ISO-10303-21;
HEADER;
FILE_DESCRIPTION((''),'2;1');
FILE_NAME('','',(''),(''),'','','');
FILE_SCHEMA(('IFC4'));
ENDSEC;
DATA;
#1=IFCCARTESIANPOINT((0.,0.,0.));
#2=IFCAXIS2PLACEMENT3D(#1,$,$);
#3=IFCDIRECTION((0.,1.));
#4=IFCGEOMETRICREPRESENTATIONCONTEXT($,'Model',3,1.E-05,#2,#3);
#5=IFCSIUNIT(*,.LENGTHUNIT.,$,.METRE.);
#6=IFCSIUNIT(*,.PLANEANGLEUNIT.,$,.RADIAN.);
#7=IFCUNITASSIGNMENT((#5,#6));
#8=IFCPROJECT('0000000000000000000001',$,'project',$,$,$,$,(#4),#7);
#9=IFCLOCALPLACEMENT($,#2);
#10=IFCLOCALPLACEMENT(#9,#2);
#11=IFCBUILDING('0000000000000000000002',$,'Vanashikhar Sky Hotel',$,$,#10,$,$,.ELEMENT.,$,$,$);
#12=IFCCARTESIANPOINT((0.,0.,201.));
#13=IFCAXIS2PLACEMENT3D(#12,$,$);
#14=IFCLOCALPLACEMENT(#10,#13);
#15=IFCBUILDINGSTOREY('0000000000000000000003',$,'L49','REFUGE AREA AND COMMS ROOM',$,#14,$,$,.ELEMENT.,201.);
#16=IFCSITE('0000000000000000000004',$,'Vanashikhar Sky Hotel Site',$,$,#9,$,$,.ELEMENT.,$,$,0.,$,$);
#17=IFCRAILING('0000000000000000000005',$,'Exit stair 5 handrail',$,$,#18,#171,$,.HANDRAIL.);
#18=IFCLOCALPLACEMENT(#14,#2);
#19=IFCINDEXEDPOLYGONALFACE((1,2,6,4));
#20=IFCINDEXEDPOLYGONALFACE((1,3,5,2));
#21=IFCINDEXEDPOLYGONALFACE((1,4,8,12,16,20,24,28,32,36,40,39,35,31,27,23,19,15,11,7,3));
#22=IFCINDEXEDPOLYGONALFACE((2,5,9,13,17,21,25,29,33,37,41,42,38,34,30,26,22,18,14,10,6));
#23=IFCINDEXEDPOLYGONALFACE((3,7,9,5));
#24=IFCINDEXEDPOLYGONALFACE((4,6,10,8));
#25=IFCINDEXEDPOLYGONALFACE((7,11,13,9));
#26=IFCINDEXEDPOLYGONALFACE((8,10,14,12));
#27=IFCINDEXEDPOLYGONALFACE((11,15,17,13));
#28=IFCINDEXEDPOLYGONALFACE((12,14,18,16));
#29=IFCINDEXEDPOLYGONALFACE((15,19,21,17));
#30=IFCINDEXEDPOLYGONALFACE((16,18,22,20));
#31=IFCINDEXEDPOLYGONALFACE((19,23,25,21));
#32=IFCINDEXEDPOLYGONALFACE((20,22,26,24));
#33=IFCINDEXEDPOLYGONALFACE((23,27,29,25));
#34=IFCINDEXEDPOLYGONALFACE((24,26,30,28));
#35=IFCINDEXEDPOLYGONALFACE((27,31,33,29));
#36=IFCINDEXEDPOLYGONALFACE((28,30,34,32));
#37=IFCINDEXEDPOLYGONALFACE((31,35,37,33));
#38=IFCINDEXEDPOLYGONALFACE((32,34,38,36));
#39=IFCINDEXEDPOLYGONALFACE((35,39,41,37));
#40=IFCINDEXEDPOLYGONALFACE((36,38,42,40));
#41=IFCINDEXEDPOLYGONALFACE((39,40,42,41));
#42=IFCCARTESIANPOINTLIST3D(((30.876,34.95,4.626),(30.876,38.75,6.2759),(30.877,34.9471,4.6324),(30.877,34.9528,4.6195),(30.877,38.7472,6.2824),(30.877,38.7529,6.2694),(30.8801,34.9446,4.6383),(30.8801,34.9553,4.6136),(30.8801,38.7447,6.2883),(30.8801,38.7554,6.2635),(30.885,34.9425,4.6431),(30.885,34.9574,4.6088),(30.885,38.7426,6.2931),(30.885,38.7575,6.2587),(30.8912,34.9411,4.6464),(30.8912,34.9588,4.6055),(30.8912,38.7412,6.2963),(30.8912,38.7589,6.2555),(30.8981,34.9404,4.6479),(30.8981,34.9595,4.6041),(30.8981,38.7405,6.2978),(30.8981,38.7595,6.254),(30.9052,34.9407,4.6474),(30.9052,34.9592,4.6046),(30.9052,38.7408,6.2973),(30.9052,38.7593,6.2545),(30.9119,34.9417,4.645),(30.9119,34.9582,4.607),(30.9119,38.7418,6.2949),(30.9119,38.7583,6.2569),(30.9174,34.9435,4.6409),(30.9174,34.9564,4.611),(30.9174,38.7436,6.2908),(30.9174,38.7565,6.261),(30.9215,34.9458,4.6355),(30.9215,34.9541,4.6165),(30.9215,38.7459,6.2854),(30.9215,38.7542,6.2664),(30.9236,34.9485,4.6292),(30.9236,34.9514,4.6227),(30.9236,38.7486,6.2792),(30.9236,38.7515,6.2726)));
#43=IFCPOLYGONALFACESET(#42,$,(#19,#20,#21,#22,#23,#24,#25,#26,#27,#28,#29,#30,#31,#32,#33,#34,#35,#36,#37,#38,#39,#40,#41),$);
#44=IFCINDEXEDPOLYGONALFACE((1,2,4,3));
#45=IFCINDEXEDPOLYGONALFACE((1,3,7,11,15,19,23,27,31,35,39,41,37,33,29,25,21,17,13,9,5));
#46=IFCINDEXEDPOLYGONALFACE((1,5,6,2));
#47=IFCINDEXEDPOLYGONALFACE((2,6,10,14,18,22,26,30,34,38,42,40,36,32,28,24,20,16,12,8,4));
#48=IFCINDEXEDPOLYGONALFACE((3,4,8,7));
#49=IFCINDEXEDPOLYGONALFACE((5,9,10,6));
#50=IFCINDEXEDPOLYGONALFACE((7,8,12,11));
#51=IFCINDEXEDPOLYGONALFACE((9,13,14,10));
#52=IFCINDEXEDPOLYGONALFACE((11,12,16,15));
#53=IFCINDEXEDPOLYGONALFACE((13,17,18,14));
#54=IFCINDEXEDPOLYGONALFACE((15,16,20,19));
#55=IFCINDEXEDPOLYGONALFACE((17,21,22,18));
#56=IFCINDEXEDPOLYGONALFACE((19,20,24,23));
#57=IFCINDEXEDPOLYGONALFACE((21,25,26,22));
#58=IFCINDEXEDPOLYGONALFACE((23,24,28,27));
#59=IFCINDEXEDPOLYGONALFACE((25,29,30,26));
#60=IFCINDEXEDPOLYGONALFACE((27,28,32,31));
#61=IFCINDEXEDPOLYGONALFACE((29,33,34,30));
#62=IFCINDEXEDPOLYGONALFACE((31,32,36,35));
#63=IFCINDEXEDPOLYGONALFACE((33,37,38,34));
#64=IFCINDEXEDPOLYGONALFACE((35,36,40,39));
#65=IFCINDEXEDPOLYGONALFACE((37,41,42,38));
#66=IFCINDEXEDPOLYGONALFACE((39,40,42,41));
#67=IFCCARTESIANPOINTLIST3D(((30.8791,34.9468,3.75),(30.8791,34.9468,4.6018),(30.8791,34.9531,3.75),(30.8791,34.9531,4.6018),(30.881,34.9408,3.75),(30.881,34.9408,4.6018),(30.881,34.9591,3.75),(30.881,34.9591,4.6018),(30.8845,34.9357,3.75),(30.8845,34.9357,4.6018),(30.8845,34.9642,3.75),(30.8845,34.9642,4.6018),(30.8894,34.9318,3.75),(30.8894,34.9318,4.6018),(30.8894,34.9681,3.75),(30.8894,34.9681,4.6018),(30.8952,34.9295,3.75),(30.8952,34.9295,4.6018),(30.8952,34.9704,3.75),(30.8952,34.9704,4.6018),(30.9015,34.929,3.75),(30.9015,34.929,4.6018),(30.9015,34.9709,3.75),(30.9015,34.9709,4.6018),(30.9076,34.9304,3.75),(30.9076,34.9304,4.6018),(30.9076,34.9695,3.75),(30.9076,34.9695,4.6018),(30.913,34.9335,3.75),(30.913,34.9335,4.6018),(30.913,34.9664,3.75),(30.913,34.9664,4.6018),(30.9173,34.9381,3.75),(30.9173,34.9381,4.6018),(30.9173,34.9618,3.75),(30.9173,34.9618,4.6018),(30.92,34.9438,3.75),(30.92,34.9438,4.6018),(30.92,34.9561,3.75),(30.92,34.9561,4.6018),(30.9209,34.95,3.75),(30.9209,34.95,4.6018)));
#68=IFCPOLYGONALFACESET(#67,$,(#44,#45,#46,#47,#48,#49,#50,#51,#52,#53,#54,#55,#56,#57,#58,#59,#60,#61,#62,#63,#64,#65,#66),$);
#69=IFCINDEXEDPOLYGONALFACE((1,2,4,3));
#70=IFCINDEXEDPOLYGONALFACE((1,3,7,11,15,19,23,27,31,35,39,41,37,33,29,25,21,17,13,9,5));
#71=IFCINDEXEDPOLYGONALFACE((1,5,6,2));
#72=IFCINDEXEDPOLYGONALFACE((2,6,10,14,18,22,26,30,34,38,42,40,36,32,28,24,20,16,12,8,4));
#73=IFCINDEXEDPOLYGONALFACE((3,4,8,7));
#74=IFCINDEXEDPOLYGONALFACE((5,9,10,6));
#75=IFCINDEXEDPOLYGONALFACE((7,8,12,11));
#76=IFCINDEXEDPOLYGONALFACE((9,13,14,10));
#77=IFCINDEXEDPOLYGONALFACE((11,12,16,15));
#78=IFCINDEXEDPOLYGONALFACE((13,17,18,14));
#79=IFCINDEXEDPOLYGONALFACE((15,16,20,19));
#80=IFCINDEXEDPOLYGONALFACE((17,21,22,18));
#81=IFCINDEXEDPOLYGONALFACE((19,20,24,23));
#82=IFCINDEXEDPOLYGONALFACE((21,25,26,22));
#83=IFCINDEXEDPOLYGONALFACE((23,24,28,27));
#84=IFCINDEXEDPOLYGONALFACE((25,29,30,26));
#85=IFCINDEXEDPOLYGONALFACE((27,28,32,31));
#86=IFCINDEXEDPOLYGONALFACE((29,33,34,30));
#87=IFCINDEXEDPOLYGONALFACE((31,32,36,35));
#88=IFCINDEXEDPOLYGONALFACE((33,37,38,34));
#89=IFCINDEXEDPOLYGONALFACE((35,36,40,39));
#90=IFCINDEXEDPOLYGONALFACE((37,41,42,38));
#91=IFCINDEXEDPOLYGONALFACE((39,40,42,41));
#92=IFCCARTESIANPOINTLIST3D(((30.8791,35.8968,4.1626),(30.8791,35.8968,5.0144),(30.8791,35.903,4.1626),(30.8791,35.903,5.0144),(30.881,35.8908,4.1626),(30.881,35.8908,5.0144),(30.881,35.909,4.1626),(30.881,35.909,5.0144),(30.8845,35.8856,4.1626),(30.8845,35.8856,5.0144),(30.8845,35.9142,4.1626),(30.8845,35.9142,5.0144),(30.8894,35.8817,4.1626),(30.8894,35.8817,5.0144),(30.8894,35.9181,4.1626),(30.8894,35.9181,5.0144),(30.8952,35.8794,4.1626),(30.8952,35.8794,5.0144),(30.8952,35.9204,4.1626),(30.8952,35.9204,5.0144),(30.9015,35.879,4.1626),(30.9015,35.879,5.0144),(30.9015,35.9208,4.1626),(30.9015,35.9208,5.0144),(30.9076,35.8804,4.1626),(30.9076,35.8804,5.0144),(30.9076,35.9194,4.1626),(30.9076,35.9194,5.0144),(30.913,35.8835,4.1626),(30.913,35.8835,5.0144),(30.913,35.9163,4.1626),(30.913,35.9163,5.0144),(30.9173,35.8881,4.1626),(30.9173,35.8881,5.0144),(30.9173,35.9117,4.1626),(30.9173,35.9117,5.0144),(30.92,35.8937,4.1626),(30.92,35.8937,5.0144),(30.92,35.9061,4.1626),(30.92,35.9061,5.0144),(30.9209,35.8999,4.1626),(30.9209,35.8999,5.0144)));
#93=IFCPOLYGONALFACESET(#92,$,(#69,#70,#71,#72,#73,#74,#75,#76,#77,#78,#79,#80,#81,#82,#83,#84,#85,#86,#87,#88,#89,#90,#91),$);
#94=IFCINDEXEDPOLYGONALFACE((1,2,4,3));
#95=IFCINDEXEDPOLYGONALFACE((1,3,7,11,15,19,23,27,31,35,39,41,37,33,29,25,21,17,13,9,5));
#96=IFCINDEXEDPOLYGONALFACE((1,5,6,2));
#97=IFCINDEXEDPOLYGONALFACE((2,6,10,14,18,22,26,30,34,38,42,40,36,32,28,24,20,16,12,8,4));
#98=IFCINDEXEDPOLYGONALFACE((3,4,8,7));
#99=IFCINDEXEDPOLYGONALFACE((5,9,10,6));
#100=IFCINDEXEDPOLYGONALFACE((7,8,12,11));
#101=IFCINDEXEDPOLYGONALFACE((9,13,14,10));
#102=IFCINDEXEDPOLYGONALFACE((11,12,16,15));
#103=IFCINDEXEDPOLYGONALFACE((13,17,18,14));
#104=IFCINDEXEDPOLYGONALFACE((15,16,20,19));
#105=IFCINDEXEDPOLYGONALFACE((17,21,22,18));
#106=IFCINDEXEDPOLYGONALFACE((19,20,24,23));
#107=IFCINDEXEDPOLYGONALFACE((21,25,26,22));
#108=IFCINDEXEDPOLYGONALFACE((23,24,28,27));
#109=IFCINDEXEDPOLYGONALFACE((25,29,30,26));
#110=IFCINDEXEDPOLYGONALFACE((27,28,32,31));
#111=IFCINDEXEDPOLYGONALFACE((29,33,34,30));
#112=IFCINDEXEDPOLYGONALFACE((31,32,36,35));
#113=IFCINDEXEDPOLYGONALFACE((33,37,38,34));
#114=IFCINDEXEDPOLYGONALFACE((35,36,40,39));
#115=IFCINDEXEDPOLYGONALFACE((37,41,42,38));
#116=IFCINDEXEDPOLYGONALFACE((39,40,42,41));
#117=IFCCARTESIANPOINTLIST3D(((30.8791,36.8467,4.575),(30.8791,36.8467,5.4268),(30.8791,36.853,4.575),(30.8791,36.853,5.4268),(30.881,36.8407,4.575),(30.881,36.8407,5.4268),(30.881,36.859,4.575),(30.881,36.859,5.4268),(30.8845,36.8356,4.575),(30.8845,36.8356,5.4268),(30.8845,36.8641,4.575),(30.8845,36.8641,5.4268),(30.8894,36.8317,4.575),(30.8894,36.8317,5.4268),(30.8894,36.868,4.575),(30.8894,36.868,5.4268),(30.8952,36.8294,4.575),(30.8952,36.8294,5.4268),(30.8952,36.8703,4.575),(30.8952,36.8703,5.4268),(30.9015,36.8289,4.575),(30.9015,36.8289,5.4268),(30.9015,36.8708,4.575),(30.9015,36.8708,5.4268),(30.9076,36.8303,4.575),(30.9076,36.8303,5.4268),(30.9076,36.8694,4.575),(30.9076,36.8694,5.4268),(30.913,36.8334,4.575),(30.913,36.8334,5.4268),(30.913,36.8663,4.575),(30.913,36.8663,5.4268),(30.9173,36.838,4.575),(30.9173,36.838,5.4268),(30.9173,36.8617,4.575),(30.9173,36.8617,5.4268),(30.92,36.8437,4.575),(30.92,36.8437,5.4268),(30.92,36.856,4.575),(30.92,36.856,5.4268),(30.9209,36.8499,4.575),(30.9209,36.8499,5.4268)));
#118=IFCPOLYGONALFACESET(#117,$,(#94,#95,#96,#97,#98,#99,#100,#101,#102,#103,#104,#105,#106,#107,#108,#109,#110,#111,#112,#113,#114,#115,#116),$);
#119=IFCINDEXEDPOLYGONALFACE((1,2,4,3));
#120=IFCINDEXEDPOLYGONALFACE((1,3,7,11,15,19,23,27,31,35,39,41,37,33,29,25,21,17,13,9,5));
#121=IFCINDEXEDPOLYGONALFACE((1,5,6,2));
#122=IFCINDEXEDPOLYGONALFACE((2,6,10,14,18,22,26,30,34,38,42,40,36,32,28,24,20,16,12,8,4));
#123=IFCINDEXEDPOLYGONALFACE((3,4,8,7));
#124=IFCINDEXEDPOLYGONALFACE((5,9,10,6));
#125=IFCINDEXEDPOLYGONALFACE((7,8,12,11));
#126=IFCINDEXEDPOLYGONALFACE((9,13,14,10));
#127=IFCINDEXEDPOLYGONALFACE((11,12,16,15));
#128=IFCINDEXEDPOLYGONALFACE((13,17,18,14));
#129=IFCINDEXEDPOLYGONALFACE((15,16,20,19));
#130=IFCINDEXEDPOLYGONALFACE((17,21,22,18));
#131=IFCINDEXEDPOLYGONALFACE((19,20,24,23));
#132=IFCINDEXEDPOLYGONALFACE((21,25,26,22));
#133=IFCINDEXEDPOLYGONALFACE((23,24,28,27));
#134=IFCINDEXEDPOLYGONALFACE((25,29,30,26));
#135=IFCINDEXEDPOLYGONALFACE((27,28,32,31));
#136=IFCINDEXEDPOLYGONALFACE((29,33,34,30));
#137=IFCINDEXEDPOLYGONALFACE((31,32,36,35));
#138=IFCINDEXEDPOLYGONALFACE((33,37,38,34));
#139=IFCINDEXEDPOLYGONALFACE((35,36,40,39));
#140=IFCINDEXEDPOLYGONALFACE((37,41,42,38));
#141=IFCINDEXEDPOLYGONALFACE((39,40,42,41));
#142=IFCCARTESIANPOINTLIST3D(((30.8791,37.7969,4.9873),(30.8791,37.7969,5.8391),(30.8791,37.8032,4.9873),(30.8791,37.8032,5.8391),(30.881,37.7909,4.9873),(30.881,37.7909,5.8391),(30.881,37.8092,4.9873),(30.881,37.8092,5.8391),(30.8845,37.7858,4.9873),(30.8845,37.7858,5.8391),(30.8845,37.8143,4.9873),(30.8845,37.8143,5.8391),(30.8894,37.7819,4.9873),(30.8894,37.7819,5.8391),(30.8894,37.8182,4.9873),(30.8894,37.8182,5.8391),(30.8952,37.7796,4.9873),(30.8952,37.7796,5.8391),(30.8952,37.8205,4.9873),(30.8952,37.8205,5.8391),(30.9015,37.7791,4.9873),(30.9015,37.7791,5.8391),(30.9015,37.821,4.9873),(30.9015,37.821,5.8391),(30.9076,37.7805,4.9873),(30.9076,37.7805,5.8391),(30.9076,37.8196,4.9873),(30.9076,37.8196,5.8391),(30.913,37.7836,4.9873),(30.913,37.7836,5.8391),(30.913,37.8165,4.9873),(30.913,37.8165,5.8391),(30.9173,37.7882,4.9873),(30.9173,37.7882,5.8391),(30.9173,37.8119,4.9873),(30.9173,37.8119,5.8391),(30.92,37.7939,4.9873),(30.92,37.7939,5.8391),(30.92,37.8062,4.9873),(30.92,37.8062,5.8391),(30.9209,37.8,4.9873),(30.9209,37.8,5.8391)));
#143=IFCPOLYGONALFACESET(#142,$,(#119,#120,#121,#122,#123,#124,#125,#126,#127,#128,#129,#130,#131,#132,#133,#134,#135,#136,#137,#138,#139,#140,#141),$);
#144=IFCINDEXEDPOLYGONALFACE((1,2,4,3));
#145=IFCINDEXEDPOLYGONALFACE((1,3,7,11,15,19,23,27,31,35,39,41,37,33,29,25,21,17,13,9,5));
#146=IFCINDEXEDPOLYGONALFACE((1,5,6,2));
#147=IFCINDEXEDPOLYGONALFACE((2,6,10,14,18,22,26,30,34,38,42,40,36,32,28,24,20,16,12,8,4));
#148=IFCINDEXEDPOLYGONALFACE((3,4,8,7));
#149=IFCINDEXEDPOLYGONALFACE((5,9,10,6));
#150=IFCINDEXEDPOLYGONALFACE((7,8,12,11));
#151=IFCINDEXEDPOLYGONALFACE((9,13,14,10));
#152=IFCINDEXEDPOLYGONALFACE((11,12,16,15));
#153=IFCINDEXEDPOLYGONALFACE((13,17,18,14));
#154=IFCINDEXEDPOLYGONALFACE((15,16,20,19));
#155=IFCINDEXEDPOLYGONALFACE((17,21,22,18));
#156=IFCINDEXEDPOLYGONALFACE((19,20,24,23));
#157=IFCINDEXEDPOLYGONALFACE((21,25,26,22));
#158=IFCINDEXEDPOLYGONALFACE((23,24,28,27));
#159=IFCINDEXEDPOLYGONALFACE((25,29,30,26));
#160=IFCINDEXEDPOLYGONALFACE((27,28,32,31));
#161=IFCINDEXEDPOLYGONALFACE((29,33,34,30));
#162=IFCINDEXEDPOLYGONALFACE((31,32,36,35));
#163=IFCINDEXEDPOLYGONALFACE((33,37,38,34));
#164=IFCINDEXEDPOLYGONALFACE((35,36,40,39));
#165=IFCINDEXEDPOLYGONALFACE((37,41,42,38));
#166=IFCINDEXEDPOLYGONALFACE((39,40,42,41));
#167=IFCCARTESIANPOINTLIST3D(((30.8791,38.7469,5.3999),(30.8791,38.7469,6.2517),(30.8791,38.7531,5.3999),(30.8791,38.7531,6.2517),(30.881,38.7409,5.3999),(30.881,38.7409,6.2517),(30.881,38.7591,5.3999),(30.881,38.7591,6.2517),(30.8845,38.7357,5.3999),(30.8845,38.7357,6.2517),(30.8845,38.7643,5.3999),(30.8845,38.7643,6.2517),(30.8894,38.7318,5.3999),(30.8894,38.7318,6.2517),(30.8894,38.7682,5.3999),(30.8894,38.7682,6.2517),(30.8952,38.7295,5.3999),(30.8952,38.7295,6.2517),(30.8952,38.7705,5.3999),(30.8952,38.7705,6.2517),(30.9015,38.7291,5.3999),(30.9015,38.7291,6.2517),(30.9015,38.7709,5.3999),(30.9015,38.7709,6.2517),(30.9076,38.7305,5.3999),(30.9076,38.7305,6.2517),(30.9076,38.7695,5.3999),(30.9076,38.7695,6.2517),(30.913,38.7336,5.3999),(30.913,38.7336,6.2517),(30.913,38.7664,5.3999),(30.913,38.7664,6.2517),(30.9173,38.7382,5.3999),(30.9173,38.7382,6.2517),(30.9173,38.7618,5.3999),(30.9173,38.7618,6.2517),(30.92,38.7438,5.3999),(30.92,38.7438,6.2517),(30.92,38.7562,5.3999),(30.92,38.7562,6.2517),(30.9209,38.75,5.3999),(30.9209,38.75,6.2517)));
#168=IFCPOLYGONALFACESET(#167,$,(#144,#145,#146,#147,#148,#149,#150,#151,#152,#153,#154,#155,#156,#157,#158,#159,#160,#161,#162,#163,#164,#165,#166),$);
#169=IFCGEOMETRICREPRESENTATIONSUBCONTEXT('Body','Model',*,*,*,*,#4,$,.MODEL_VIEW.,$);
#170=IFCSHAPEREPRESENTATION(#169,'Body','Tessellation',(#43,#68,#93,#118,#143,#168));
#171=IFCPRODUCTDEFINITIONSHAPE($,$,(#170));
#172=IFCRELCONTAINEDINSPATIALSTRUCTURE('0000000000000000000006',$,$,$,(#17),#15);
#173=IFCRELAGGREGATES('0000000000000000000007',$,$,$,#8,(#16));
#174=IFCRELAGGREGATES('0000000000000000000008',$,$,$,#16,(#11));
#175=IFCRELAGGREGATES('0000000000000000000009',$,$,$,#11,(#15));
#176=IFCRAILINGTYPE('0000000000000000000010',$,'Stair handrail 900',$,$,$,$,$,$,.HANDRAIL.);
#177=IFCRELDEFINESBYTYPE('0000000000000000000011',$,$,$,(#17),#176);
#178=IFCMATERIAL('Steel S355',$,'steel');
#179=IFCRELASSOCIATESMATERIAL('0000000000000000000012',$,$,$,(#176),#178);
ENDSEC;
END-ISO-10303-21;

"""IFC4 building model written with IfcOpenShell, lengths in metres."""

from ifc_helpers import new_model, si_unit, direction, frame, origin, origin_2d, place, context, subcontext, project, spatial, circle, extrude, source, transform, mapped, material, type_object, element, save


model = new_model("IFC4")

# Units and contexts
model_context = context("Model", 3, precision=1e-05, world=origin(), true_north=direction((0.0, 1.0)))
body_context = subcontext(model_context, "Body", "Model", "MODEL_VIEW")
ifc_project = project(units=[si_unit("LENGTHUNIT", "METRE"), si_unit("PLANEANGLEUNIT", "RADIAN")], contexts=[model_context])

# Site, building, storey
site_placement = place(None, origin())
site = spatial("IfcSite", under=ifc_project, at=site_placement, Name="Vanashikhar Sky Hotel Site", CompositionType="ELEMENT", RefElevation=0.0)
building_placement = place(site_placement, origin())
building = spatial("IfcBuilding", under=site, at=building_placement, Name="Vanashikhar Sky Hotel", CompositionType="ELEMENT")
storey_placement = place(building_placement, frame((0.0, 0.0, 201.0)))
storey = spatial("IfcBuildingStorey", under=building, at=storey_placement, Name="L49", Description="REFUGE AREA AND COMMS ROOM", CompositionType="ELEMENT", Elevation=201.0)

# Railing
ifc_material_1 = material(Name="Steel S355", Category="steel")
railing_type = type_object("IfcRailingType", Name="Stair handrail 900", PredefinedType="HANDRAIL", material=ifc_material_1)
shared_shape_1 = source(origin(), body_context, "Body", "SweptSolid", [
    extrude(circle(Radius=0.0239, at=origin_2d()), frame((0.0, 0.0, 0.876), z_axis=(0.0, 0.917272, 0.398261), x_axis=(-1.0, 0.0, 0.0)), (0.0, 0.0, 1.0), 4.1428),
    extrude(circle(Radius=0.021, at=origin_2d()), origin(), (0.0, 0.0, 1.0), 0.8518),
    extrude(circle(Radius=0.021, at=origin_2d()), frame((0.0, 0.95, 0.4126)), (0.0, 0.0, 1.0), 0.8518),
    extrude(circle(Radius=0.021, at=origin_2d()), frame((0.0, 1.8999, 0.825)), (0.0, 0.0, 1.0), 0.8518),
    extrude(circle(Radius=0.021, at=origin_2d()), frame((0.0, 2.8501, 1.2373)), (0.0, 0.0, 1.0), 0.8518),
    extrude(circle(Radius=0.021, at=origin_2d()), frame((0.0, 3.8, 1.6499)), (0.0, 0.0, 1.0), 0.8518),
])
railing_1_placement = place(storey_placement, frame((30.8999, 34.95, 3.75)))
element("IfcRailing", 1, at=railing_1_placement, inside=storey, type_object=railing_type, Name="Exit stair 5 handrail", PredefinedType="HANDRAIL", context=body_context, shape_type="MappedRepresentation", body=[
    mapped(shared_shape_1, transform((0.0, 0.0, 0.0), scale=1.0)),
])

save(model, "model.ifc")
